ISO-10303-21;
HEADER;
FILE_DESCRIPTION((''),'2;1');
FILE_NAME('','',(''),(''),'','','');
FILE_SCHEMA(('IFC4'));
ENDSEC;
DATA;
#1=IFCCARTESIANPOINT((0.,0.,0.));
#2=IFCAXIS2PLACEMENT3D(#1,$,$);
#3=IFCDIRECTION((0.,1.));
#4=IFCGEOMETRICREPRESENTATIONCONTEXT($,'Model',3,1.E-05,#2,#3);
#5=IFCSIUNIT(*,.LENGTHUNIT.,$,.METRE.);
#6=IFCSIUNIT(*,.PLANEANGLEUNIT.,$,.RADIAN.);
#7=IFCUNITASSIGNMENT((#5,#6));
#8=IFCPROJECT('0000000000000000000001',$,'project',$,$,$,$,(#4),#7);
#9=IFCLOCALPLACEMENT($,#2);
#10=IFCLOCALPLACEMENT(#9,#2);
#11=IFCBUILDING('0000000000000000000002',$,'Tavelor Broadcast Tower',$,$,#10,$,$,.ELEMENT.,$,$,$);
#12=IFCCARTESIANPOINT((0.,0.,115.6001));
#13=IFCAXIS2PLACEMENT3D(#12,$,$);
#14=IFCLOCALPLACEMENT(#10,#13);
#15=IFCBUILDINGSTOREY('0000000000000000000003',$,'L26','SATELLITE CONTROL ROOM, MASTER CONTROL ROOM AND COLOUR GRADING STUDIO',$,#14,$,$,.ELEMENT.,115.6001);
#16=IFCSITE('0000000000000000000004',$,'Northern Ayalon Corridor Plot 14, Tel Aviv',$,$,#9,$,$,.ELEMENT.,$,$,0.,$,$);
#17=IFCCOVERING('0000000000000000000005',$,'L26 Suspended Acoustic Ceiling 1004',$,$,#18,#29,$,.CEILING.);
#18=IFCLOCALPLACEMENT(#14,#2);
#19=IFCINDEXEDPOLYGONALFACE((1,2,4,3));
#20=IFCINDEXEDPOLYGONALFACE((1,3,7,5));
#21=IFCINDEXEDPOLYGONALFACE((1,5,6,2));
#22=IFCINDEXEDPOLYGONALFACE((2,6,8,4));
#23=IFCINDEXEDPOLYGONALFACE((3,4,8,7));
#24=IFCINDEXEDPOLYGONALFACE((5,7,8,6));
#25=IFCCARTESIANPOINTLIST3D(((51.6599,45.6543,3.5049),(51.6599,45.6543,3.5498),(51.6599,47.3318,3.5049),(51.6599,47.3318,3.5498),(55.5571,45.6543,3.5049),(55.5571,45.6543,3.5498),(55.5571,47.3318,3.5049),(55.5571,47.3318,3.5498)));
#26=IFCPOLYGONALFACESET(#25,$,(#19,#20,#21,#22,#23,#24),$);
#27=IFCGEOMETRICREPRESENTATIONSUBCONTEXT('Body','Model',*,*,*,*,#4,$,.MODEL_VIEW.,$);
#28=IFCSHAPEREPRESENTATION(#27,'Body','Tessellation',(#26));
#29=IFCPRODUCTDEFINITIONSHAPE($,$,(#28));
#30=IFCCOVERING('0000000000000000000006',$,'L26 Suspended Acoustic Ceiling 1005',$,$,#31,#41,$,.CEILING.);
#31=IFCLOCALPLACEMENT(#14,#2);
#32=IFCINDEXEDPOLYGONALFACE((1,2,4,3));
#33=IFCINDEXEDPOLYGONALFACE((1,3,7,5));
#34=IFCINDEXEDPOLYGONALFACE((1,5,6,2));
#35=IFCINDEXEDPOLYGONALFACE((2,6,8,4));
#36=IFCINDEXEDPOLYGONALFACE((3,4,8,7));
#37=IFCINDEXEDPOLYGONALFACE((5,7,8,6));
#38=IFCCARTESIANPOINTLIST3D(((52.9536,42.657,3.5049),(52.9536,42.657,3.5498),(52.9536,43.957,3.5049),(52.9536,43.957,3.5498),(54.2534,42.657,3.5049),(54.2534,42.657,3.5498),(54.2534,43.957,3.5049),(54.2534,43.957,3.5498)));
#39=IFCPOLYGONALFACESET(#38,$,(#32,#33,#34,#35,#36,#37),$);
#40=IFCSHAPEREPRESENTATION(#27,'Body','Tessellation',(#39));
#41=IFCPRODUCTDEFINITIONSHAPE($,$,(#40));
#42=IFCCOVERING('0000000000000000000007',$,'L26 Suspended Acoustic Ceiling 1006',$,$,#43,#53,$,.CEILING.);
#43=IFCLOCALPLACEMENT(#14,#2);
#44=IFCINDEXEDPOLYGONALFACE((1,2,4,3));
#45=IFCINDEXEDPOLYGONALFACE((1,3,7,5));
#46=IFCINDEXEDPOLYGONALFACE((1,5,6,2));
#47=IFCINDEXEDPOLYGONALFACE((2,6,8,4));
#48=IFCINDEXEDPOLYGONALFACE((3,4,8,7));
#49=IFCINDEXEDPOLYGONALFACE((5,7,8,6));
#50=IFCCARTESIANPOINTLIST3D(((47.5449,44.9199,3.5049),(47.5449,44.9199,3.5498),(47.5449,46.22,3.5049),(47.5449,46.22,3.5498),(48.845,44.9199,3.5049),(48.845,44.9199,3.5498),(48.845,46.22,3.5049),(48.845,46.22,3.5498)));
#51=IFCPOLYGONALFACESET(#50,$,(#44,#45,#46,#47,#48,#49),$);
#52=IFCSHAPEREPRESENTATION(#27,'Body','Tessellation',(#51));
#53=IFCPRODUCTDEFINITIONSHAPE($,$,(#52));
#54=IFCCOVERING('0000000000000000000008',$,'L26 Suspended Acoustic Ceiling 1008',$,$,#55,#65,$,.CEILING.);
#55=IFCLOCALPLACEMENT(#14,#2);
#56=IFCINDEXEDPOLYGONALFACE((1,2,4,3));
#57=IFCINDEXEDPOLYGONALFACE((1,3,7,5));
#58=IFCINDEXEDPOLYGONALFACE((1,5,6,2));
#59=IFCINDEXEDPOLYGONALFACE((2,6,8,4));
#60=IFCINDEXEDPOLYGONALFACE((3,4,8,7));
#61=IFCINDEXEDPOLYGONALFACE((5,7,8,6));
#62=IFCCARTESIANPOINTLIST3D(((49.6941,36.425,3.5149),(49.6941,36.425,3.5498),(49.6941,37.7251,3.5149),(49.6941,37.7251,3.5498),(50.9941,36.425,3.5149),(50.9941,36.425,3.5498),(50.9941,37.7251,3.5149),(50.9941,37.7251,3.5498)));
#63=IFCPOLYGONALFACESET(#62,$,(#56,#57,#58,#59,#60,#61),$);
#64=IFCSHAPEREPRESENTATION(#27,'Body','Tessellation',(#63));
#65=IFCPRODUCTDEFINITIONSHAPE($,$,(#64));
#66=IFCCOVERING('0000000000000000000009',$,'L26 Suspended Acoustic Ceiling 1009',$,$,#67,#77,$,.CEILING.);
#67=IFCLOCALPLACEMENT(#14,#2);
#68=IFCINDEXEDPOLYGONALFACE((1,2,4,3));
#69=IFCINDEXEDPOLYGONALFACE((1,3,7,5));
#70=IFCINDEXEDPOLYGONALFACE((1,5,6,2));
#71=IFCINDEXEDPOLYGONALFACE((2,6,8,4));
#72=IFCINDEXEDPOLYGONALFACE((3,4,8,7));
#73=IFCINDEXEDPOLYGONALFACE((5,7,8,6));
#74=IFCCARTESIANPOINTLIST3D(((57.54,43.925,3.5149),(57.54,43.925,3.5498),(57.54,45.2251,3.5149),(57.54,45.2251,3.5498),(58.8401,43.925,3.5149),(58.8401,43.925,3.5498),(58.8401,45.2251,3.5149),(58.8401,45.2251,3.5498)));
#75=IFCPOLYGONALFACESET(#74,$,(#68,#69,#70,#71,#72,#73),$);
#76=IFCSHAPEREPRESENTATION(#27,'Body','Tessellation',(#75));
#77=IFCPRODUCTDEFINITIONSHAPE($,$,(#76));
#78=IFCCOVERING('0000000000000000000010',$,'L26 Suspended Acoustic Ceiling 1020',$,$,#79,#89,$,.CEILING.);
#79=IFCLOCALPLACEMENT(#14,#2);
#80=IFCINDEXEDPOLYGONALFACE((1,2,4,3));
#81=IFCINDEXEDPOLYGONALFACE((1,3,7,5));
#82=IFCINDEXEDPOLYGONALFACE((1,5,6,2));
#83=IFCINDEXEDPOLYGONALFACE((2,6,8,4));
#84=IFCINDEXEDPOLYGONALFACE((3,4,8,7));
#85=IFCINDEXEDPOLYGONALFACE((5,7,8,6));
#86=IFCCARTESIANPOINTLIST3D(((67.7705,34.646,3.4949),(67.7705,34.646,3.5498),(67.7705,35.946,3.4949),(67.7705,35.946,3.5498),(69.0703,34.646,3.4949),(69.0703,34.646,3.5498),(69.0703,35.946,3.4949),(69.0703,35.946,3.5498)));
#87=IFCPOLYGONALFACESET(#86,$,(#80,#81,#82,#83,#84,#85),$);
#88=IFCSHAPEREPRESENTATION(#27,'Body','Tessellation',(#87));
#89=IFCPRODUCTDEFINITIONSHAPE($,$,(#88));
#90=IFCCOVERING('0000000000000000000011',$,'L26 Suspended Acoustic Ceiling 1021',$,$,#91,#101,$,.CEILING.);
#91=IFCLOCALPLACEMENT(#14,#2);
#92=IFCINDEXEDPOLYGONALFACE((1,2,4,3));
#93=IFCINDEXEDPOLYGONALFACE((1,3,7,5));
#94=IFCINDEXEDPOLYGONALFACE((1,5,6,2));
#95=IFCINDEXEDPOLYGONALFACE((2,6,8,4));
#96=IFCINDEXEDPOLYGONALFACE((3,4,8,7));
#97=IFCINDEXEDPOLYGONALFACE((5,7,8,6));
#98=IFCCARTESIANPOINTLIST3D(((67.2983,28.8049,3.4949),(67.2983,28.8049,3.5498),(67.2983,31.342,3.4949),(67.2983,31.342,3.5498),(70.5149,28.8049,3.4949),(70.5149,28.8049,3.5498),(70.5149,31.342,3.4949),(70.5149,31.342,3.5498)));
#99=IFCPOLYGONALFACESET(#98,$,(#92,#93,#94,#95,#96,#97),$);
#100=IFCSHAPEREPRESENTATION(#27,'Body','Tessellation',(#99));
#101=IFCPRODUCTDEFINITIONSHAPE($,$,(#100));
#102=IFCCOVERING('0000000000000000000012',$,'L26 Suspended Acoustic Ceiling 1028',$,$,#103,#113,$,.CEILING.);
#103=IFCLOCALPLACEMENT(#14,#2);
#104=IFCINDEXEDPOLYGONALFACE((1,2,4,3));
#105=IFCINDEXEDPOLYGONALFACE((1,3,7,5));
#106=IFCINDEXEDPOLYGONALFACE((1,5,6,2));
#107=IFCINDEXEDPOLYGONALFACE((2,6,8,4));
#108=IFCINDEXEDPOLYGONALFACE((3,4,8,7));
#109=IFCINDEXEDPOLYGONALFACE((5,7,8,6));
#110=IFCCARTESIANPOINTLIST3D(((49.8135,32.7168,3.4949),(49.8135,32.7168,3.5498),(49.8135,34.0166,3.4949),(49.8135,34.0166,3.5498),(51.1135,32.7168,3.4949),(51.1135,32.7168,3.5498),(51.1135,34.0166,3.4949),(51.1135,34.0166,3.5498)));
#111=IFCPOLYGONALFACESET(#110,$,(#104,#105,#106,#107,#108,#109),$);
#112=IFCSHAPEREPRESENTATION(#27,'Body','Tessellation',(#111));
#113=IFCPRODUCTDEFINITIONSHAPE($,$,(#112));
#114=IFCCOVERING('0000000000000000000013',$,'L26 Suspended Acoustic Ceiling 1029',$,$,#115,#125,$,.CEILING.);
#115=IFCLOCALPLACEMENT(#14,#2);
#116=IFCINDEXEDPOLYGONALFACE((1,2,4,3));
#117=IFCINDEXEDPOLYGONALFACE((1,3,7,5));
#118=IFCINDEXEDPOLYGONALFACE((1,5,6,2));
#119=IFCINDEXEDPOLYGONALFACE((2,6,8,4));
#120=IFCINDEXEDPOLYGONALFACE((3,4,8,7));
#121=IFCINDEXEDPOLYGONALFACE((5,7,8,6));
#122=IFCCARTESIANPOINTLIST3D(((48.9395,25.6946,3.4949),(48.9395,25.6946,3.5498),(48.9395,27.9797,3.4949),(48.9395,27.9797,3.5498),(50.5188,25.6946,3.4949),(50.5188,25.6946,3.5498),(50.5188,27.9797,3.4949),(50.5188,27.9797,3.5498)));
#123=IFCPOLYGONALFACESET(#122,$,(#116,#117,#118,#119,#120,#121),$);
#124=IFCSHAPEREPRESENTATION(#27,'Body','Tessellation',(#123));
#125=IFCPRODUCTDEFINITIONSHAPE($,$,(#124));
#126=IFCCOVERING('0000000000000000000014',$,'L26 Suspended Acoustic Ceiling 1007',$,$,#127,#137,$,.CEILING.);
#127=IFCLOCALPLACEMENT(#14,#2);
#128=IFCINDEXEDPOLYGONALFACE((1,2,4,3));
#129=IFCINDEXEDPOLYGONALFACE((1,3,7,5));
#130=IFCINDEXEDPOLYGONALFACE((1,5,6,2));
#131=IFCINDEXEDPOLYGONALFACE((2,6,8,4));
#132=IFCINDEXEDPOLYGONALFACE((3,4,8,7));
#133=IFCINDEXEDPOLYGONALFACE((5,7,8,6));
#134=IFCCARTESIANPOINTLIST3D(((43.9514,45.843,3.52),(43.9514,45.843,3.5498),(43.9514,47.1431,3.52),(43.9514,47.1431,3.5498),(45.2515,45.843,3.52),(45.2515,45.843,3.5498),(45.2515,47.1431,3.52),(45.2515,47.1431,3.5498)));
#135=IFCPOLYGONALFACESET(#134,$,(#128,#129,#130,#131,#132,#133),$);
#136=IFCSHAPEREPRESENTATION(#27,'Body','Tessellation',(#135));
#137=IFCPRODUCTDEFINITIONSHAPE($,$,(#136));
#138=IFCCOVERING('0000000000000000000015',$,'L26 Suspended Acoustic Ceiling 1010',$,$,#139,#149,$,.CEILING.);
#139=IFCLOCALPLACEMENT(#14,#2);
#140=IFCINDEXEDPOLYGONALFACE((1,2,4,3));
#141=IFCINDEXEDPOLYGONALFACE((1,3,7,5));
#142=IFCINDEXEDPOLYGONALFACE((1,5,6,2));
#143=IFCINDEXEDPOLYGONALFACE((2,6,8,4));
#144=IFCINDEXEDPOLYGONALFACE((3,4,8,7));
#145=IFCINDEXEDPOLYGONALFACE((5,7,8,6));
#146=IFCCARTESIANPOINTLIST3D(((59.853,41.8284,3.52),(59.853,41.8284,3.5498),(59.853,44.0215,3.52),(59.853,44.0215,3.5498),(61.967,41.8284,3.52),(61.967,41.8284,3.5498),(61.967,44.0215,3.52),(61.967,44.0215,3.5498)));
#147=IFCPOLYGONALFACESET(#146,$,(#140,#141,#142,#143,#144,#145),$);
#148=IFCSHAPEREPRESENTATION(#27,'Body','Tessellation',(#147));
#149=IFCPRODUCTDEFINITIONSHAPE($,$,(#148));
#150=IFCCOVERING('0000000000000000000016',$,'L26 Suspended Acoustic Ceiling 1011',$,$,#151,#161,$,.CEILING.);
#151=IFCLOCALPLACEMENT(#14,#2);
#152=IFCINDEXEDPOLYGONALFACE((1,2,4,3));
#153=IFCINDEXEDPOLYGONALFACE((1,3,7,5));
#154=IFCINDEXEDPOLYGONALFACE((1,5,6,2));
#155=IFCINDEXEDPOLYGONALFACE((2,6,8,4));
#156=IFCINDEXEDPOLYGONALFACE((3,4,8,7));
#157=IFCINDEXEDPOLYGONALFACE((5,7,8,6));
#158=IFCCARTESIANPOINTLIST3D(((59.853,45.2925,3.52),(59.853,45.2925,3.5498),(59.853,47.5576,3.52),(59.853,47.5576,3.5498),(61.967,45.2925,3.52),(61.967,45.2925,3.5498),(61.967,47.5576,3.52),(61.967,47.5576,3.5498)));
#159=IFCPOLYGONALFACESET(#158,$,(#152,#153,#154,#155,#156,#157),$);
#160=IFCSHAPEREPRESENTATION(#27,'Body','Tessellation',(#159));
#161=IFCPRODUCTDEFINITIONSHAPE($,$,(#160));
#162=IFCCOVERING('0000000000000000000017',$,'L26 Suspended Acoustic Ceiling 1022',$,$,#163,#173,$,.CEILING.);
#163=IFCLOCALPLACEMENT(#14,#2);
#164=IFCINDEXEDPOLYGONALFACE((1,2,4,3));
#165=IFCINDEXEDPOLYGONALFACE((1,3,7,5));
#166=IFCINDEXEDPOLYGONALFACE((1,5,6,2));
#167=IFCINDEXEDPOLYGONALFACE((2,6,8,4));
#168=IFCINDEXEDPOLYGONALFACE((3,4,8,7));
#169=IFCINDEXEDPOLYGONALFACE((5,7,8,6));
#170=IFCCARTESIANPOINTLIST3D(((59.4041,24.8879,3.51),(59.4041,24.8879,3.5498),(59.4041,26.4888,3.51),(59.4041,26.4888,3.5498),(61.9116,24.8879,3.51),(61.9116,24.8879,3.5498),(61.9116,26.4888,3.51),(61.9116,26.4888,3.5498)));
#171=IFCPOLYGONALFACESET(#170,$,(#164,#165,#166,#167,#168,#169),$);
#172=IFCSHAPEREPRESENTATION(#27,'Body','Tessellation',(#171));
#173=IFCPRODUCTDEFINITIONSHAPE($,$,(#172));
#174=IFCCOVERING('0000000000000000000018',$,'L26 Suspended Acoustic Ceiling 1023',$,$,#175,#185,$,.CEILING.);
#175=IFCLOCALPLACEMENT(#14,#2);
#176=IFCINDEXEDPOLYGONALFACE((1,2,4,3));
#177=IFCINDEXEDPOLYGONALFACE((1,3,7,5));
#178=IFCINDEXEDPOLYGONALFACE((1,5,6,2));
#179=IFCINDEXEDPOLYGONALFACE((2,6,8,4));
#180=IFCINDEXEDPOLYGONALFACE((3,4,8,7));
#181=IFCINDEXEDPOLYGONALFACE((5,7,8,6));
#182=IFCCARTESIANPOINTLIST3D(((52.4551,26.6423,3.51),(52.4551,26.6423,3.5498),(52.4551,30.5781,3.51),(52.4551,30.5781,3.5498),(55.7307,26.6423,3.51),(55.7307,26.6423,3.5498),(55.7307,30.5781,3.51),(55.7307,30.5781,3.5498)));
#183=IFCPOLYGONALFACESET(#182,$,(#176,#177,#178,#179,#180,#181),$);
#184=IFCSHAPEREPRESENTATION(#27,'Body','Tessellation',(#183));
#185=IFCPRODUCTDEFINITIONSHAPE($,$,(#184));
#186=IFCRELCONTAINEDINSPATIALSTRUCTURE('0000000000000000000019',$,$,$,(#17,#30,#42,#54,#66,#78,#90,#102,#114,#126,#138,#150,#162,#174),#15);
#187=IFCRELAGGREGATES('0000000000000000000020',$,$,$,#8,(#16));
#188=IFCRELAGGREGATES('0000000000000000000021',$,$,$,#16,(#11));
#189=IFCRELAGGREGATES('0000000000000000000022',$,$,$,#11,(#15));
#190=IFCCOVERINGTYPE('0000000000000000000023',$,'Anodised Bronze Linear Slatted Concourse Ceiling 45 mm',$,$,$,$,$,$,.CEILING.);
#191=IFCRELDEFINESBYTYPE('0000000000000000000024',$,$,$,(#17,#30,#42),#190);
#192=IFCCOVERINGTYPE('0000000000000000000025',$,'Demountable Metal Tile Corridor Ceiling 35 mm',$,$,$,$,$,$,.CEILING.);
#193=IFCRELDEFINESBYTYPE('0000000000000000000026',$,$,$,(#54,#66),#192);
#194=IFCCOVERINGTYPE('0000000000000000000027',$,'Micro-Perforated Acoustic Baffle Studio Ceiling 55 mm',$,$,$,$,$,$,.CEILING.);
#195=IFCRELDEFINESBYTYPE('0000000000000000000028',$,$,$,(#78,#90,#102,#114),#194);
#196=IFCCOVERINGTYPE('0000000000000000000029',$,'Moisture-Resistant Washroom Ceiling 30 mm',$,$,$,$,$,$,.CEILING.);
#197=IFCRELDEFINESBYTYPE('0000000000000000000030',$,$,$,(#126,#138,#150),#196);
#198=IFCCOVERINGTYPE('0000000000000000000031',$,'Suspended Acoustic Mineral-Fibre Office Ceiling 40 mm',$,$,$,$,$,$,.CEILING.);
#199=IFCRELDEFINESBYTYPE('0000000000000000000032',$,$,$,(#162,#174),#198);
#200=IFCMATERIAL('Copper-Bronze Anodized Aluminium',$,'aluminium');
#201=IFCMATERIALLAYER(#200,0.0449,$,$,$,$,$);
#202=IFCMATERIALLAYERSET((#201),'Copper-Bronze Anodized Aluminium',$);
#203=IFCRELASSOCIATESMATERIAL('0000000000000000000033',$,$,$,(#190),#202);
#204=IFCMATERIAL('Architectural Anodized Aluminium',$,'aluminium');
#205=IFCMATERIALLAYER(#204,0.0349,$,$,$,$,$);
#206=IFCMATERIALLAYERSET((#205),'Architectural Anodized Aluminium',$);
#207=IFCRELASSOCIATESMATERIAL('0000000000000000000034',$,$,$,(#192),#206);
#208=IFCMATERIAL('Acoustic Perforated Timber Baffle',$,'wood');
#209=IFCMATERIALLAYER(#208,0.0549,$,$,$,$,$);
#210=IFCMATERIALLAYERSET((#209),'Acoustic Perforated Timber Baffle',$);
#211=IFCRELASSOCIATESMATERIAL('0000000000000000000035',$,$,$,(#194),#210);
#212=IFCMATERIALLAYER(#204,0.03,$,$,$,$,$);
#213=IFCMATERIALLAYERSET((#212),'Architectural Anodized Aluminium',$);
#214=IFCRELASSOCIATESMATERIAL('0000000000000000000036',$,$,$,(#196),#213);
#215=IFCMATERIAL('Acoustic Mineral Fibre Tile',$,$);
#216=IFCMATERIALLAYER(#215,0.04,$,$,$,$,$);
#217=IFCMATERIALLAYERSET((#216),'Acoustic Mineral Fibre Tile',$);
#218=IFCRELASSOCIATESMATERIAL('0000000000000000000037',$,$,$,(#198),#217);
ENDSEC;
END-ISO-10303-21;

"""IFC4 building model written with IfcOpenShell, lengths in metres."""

from ifc_helpers import new_model, si_unit, direction, frame, origin, place, context, subcontext, project, spatial, polyline, outline, extrude, material, layer, layer_set, type_object, element, save


model = new_model("IFC4")

# Units and contexts
model_context = context("Model", 3, precision=1e-05, world=origin(), true_north=direction((0.0, 1.0)))
body_context = subcontext(model_context, "Body", "Model", "MODEL_VIEW")
ifc_project = project(units=[si_unit("LENGTHUNIT", "METRE"), si_unit("PLANEANGLEUNIT", "RADIAN")], contexts=[model_context])

# Site, building, storey
site_placement = place(None, origin())
site = spatial("IfcSite", under=ifc_project, at=site_placement, Name="Northern Ayalon Corridor Plot 14, Tel Aviv", CompositionType="ELEMENT", RefElevation=0.0)
building_placement = place(site_placement, origin())
building = spatial("IfcBuilding", under=site, at=building_placement, Name="Tavelor Broadcast Tower", CompositionType="ELEMENT")
storey_placement = place(building_placement, frame((0.0, 0.0, 115.6001)))
storey = spatial("IfcBuildingStorey", under=building, at=storey_placement, Name="L26", Description="SATELLITE CONTROL ROOM, MASTER CONTROL ROOM AND COLOUR GRADING STUDIO", CompositionType="ELEMENT", Elevation=115.6001)

# Coverings
ifc_material_1 = material(Name="Copper-Bronze Anodized Aluminium", Category="aluminium")
ifc_layer_1 = layer(ifc_material_1, 0.0449)
ifc_layer_set_1 = layer_set([ifc_layer_1], Name="Copper-Bronze Anodized Aluminium")
covering_type_1 = type_object("IfcCoveringType", Name="Anodised Bronze Linear Slatted Concourse Ceiling 45 mm", PredefinedType="CEILING", material=ifc_layer_set_1)
covering_1_placement = place(storey_placement, frame((0.0, 0.0, 3.5049)))
element("IfcCovering", 1, at=covering_1_placement, inside=storey, type_object=covering_type_1, Name="L26 Suspended Acoustic Ceiling 1004", PredefinedType="CEILING", context=body_context, shape_type="SweptSolid", body=[
    extrude(outline(polyline([(51.6599, 45.6543), (55.5571, 45.6543), (55.5571, 47.3318), (51.6599, 47.3318), (51.6599, 45.6543)])), origin(), (0.0, 0.0, 1.0), 0.0449),
])
covering_2_placement = place(storey_placement, frame((0.0, 0.0, 3.5049)))
element("IfcCovering", 2, at=covering_2_placement, inside=storey, type_object=covering_type_1, Name="L26 Suspended Acoustic Ceiling 1005", PredefinedType="CEILING", context=body_context, shape_type="SweptSolid", body=[
    extrude(outline(polyline([(52.9536, 42.657), (54.2534, 42.657), (54.2534, 43.957), (52.9536, 43.957), (52.9536, 42.657)])), origin(), (0.0, 0.0, 1.0), 0.0449),
])
covering_3_placement = place(storey_placement, frame((0.0, 0.0, 3.5049)))
element("IfcCovering", 3, at=covering_3_placement, inside=storey, type_object=covering_type_1, Name="L26 Suspended Acoustic Ceiling 1006", PredefinedType="CEILING", context=body_context, shape_type="SweptSolid", body=[
    extrude(outline(polyline([(47.5449, 44.9199), (48.845, 44.9199), (48.845, 46.22), (47.5449, 46.22), (47.5449, 44.9199)])), origin(), (0.0, 0.0, 1.0), 0.0449),
])
ifc_material_2 = material(Name="Architectural Anodized Aluminium", Category="aluminium")
ifc_layer_2 = layer(ifc_material_2, 0.0349)
ifc_layer_set_2 = layer_set([ifc_layer_2], Name="Architectural Anodized Aluminium")
covering_type_2 = type_object("IfcCoveringType", Name="Demountable Metal Tile Corridor Ceiling 35 mm", PredefinedType="CEILING", material=ifc_layer_set_2)
covering_4_placement = place(storey_placement, frame((0.0, 0.0, 3.5149)))
element("IfcCovering", 4, at=covering_4_placement, inside=storey, type_object=covering_type_2, Name="L26 Suspended Acoustic Ceiling 1008", PredefinedType="CEILING", context=body_context, shape_type="SweptSolid", body=[
    extrude(outline(polyline([(49.6941, 36.425), (50.9941, 36.425), (50.9941, 37.7251), (49.6941, 37.7251), (49.6941, 36.425)])), origin(), (0.0, 0.0, 1.0), 0.0349),
])
covering_5_placement = place(storey_placement, frame((0.0, 0.0, 3.5149)))
element("IfcCovering", 5, at=covering_5_placement, inside=storey, type_object=covering_type_2, Name="L26 Suspended Acoustic Ceiling 1009", PredefinedType="CEILING", context=body_context, shape_type="SweptSolid", body=[
    extrude(outline(polyline([(57.54, 43.925), (58.8401, 43.925), (58.8401, 45.2251), (57.54, 45.2251), (57.54, 43.925)])), origin(), (0.0, 0.0, 1.0), 0.0349),
])
ifc_material_3 = material(Name="Acoustic Perforated Timber Baffle", Category="wood")
ifc_layer_3 = layer(ifc_material_3, 0.0549)
ifc_layer_set_3 = layer_set([ifc_layer_3], Name="Acoustic Perforated Timber Baffle")
covering_type_3 = type_object("IfcCoveringType", Name="Micro-Perforated Acoustic Baffle Studio Ceiling 55 mm", PredefinedType="CEILING", material=ifc_layer_set_3)
covering_6_placement = place(storey_placement, frame((0.0, 0.0, 3.4949)))
element("IfcCovering", 6, at=covering_6_placement, inside=storey, type_object=covering_type_3, Name="L26 Suspended Acoustic Ceiling 1020", PredefinedType="CEILING", context=body_context, shape_type="SweptSolid", body=[
    extrude(outline(polyline([(67.7705, 34.646), (69.0703, 34.646), (69.0703, 35.946), (67.7705, 35.946), (67.7705, 34.646)])), origin(), (0.0, 0.0, 1.0), 0.0549),
])
covering_7_placement = place(storey_placement, frame((0.0, 0.0, 3.4949)))
element("IfcCovering", 7, at=covering_7_placement, inside=storey, type_object=covering_type_3, Name="L26 Suspended Acoustic Ceiling 1021", PredefinedType="CEILING", context=body_context, shape_type="SweptSolid", body=[
    extrude(outline(polyline([(67.2983, 28.8049), (70.5149, 28.8049), (70.5149, 31.342), (67.2983, 31.342), (67.2983, 28.8049)])), origin(), (0.0, 0.0, 1.0), 0.0549),
])
covering_8_placement = place(storey_placement, frame((0.0, 0.0, 3.4949)))
element("IfcCovering", 8, at=covering_8_placement, inside=storey, type_object=covering_type_3, Name="L26 Suspended Acoustic Ceiling 1028", PredefinedType="CEILING", context=body_context, shape_type="SweptSolid", body=[
    extrude(outline(polyline([(49.8135, 32.7168), (51.1135, 32.7168), (51.1135, 34.0166), (49.8135, 34.0166), (49.8135, 32.7168)])), origin(), (0.0, 0.0, 1.0), 0.0549),
])
covering_9_placement = place(storey_placement, frame((0.0, 0.0, 3.4949)))
element("IfcCovering", 9, at=covering_9_placement, inside=storey, type_object=covering_type_3, Name="L26 Suspended Acoustic Ceiling 1029", PredefinedType="CEILING", context=body_context, shape_type="SweptSolid", body=[
    extrude(outline(polyline([(48.9395, 25.6946), (50.5188, 25.6946), (50.5188, 27.9797), (48.9395, 27.9797), (48.9395, 25.6946)])), origin(), (0.0, 0.0, 1.0), 0.0549),
])
ifc_layer_4 = layer(ifc_material_2, 0.03)
ifc_layer_set_4 = layer_set([ifc_layer_4], Name="Architectural Anodized Aluminium")
covering_type_4 = type_object("IfcCoveringType", Name="Moisture-Resistant Washroom Ceiling 30 mm", PredefinedType="CEILING", material=ifc_layer_set_4)
covering_10_placement = place(storey_placement, frame((0.0, 0.0, 3.52)))
element("IfcCovering", 10, at=covering_10_placement, inside=storey, type_object=covering_type_4, Name="L26 Suspended Acoustic Ceiling 1007", PredefinedType="CEILING", context=body_context, shape_type="SweptSolid", body=[
    extrude(outline(polyline([(43.9514, 45.843), (45.2515, 45.843), (45.2515, 47.1431), (43.9514, 47.1431), (43.9514, 45.843)])), origin(), (0.0, 0.0, 1.0), 0.0298),
])
covering_11_placement = place(storey_placement, frame((0.0, 0.0, 3.52)))
element("IfcCovering", 11, at=covering_11_placement, inside=storey, type_object=covering_type_4, Name="L26 Suspended Acoustic Ceiling 1010", PredefinedType="CEILING", context=body_context, shape_type="SweptSolid", body=[
    extrude(outline(polyline([(59.853, 41.8284), (61.967, 41.8284), (61.967, 44.0215), (59.853, 44.0215), (59.853, 41.8284)])), origin(), (0.0, 0.0, 1.0), 0.0298),
])
covering_12_placement = place(storey_placement, frame((0.0, 0.0, 3.52)))
element("IfcCovering", 12, at=covering_12_placement, inside=storey, type_object=covering_type_4, Name="L26 Suspended Acoustic Ceiling 1011", PredefinedType="CEILING", context=body_context, shape_type="SweptSolid", body=[
    extrude(outline(polyline([(59.853, 45.2925), (61.967, 45.2925), (61.967, 47.5576), (59.853, 47.5576), (59.853, 45.2925)])), origin(), (0.0, 0.0, 1.0), 0.0298),
])
ifc_material_4 = material(Name="Acoustic Mineral Fibre Tile")
ifc_layer_5 = layer(ifc_material_4, 0.04)
ifc_layer_set_5 = layer_set([ifc_layer_5], Name="Acoustic Mineral Fibre Tile")
covering_type_5 = type_object("IfcCoveringType", Name="Suspended Acoustic Mineral-Fibre Office Ceiling 40 mm", PredefinedType="CEILING", material=ifc_layer_set_5)
covering_13_placement = place(storey_placement, frame((0.0, 0.0, 3.51)))
element("IfcCovering", 13, at=covering_13_placement, inside=storey, type_object=covering_type_5, Name="L26 Suspended Acoustic Ceiling 1022", PredefinedType="CEILING", context=body_context, shape_type="SweptSolid", body=[
    extrude(outline(polyline([(59.4041, 24.8879), (61.9116, 24.8879), (61.9116, 26.4888), (59.4041, 26.4888), (59.4041, 24.8879)])), origin(), (0.0, 0.0, 1.0), 0.0398),
])
covering_14_placement = place(storey_placement, frame((0.0, 0.0, 3.51)))
element("IfcCovering", 14, at=covering_14_placement, inside=storey, type_object=covering_type_5, Name="L26 Suspended Acoustic Ceiling 1023", PredefinedType="CEILING", context=body_context, shape_type="SweptSolid", body=[
    extrude(outline(polyline([(52.4551, 26.6423), (55.7307, 26.6423), (55.7307, 30.5781), (52.4551, 30.5781), (52.4551, 26.6423)])), origin(), (0.0, 0.0, 1.0), 0.0398),
])

save(model, "model.ifc")
